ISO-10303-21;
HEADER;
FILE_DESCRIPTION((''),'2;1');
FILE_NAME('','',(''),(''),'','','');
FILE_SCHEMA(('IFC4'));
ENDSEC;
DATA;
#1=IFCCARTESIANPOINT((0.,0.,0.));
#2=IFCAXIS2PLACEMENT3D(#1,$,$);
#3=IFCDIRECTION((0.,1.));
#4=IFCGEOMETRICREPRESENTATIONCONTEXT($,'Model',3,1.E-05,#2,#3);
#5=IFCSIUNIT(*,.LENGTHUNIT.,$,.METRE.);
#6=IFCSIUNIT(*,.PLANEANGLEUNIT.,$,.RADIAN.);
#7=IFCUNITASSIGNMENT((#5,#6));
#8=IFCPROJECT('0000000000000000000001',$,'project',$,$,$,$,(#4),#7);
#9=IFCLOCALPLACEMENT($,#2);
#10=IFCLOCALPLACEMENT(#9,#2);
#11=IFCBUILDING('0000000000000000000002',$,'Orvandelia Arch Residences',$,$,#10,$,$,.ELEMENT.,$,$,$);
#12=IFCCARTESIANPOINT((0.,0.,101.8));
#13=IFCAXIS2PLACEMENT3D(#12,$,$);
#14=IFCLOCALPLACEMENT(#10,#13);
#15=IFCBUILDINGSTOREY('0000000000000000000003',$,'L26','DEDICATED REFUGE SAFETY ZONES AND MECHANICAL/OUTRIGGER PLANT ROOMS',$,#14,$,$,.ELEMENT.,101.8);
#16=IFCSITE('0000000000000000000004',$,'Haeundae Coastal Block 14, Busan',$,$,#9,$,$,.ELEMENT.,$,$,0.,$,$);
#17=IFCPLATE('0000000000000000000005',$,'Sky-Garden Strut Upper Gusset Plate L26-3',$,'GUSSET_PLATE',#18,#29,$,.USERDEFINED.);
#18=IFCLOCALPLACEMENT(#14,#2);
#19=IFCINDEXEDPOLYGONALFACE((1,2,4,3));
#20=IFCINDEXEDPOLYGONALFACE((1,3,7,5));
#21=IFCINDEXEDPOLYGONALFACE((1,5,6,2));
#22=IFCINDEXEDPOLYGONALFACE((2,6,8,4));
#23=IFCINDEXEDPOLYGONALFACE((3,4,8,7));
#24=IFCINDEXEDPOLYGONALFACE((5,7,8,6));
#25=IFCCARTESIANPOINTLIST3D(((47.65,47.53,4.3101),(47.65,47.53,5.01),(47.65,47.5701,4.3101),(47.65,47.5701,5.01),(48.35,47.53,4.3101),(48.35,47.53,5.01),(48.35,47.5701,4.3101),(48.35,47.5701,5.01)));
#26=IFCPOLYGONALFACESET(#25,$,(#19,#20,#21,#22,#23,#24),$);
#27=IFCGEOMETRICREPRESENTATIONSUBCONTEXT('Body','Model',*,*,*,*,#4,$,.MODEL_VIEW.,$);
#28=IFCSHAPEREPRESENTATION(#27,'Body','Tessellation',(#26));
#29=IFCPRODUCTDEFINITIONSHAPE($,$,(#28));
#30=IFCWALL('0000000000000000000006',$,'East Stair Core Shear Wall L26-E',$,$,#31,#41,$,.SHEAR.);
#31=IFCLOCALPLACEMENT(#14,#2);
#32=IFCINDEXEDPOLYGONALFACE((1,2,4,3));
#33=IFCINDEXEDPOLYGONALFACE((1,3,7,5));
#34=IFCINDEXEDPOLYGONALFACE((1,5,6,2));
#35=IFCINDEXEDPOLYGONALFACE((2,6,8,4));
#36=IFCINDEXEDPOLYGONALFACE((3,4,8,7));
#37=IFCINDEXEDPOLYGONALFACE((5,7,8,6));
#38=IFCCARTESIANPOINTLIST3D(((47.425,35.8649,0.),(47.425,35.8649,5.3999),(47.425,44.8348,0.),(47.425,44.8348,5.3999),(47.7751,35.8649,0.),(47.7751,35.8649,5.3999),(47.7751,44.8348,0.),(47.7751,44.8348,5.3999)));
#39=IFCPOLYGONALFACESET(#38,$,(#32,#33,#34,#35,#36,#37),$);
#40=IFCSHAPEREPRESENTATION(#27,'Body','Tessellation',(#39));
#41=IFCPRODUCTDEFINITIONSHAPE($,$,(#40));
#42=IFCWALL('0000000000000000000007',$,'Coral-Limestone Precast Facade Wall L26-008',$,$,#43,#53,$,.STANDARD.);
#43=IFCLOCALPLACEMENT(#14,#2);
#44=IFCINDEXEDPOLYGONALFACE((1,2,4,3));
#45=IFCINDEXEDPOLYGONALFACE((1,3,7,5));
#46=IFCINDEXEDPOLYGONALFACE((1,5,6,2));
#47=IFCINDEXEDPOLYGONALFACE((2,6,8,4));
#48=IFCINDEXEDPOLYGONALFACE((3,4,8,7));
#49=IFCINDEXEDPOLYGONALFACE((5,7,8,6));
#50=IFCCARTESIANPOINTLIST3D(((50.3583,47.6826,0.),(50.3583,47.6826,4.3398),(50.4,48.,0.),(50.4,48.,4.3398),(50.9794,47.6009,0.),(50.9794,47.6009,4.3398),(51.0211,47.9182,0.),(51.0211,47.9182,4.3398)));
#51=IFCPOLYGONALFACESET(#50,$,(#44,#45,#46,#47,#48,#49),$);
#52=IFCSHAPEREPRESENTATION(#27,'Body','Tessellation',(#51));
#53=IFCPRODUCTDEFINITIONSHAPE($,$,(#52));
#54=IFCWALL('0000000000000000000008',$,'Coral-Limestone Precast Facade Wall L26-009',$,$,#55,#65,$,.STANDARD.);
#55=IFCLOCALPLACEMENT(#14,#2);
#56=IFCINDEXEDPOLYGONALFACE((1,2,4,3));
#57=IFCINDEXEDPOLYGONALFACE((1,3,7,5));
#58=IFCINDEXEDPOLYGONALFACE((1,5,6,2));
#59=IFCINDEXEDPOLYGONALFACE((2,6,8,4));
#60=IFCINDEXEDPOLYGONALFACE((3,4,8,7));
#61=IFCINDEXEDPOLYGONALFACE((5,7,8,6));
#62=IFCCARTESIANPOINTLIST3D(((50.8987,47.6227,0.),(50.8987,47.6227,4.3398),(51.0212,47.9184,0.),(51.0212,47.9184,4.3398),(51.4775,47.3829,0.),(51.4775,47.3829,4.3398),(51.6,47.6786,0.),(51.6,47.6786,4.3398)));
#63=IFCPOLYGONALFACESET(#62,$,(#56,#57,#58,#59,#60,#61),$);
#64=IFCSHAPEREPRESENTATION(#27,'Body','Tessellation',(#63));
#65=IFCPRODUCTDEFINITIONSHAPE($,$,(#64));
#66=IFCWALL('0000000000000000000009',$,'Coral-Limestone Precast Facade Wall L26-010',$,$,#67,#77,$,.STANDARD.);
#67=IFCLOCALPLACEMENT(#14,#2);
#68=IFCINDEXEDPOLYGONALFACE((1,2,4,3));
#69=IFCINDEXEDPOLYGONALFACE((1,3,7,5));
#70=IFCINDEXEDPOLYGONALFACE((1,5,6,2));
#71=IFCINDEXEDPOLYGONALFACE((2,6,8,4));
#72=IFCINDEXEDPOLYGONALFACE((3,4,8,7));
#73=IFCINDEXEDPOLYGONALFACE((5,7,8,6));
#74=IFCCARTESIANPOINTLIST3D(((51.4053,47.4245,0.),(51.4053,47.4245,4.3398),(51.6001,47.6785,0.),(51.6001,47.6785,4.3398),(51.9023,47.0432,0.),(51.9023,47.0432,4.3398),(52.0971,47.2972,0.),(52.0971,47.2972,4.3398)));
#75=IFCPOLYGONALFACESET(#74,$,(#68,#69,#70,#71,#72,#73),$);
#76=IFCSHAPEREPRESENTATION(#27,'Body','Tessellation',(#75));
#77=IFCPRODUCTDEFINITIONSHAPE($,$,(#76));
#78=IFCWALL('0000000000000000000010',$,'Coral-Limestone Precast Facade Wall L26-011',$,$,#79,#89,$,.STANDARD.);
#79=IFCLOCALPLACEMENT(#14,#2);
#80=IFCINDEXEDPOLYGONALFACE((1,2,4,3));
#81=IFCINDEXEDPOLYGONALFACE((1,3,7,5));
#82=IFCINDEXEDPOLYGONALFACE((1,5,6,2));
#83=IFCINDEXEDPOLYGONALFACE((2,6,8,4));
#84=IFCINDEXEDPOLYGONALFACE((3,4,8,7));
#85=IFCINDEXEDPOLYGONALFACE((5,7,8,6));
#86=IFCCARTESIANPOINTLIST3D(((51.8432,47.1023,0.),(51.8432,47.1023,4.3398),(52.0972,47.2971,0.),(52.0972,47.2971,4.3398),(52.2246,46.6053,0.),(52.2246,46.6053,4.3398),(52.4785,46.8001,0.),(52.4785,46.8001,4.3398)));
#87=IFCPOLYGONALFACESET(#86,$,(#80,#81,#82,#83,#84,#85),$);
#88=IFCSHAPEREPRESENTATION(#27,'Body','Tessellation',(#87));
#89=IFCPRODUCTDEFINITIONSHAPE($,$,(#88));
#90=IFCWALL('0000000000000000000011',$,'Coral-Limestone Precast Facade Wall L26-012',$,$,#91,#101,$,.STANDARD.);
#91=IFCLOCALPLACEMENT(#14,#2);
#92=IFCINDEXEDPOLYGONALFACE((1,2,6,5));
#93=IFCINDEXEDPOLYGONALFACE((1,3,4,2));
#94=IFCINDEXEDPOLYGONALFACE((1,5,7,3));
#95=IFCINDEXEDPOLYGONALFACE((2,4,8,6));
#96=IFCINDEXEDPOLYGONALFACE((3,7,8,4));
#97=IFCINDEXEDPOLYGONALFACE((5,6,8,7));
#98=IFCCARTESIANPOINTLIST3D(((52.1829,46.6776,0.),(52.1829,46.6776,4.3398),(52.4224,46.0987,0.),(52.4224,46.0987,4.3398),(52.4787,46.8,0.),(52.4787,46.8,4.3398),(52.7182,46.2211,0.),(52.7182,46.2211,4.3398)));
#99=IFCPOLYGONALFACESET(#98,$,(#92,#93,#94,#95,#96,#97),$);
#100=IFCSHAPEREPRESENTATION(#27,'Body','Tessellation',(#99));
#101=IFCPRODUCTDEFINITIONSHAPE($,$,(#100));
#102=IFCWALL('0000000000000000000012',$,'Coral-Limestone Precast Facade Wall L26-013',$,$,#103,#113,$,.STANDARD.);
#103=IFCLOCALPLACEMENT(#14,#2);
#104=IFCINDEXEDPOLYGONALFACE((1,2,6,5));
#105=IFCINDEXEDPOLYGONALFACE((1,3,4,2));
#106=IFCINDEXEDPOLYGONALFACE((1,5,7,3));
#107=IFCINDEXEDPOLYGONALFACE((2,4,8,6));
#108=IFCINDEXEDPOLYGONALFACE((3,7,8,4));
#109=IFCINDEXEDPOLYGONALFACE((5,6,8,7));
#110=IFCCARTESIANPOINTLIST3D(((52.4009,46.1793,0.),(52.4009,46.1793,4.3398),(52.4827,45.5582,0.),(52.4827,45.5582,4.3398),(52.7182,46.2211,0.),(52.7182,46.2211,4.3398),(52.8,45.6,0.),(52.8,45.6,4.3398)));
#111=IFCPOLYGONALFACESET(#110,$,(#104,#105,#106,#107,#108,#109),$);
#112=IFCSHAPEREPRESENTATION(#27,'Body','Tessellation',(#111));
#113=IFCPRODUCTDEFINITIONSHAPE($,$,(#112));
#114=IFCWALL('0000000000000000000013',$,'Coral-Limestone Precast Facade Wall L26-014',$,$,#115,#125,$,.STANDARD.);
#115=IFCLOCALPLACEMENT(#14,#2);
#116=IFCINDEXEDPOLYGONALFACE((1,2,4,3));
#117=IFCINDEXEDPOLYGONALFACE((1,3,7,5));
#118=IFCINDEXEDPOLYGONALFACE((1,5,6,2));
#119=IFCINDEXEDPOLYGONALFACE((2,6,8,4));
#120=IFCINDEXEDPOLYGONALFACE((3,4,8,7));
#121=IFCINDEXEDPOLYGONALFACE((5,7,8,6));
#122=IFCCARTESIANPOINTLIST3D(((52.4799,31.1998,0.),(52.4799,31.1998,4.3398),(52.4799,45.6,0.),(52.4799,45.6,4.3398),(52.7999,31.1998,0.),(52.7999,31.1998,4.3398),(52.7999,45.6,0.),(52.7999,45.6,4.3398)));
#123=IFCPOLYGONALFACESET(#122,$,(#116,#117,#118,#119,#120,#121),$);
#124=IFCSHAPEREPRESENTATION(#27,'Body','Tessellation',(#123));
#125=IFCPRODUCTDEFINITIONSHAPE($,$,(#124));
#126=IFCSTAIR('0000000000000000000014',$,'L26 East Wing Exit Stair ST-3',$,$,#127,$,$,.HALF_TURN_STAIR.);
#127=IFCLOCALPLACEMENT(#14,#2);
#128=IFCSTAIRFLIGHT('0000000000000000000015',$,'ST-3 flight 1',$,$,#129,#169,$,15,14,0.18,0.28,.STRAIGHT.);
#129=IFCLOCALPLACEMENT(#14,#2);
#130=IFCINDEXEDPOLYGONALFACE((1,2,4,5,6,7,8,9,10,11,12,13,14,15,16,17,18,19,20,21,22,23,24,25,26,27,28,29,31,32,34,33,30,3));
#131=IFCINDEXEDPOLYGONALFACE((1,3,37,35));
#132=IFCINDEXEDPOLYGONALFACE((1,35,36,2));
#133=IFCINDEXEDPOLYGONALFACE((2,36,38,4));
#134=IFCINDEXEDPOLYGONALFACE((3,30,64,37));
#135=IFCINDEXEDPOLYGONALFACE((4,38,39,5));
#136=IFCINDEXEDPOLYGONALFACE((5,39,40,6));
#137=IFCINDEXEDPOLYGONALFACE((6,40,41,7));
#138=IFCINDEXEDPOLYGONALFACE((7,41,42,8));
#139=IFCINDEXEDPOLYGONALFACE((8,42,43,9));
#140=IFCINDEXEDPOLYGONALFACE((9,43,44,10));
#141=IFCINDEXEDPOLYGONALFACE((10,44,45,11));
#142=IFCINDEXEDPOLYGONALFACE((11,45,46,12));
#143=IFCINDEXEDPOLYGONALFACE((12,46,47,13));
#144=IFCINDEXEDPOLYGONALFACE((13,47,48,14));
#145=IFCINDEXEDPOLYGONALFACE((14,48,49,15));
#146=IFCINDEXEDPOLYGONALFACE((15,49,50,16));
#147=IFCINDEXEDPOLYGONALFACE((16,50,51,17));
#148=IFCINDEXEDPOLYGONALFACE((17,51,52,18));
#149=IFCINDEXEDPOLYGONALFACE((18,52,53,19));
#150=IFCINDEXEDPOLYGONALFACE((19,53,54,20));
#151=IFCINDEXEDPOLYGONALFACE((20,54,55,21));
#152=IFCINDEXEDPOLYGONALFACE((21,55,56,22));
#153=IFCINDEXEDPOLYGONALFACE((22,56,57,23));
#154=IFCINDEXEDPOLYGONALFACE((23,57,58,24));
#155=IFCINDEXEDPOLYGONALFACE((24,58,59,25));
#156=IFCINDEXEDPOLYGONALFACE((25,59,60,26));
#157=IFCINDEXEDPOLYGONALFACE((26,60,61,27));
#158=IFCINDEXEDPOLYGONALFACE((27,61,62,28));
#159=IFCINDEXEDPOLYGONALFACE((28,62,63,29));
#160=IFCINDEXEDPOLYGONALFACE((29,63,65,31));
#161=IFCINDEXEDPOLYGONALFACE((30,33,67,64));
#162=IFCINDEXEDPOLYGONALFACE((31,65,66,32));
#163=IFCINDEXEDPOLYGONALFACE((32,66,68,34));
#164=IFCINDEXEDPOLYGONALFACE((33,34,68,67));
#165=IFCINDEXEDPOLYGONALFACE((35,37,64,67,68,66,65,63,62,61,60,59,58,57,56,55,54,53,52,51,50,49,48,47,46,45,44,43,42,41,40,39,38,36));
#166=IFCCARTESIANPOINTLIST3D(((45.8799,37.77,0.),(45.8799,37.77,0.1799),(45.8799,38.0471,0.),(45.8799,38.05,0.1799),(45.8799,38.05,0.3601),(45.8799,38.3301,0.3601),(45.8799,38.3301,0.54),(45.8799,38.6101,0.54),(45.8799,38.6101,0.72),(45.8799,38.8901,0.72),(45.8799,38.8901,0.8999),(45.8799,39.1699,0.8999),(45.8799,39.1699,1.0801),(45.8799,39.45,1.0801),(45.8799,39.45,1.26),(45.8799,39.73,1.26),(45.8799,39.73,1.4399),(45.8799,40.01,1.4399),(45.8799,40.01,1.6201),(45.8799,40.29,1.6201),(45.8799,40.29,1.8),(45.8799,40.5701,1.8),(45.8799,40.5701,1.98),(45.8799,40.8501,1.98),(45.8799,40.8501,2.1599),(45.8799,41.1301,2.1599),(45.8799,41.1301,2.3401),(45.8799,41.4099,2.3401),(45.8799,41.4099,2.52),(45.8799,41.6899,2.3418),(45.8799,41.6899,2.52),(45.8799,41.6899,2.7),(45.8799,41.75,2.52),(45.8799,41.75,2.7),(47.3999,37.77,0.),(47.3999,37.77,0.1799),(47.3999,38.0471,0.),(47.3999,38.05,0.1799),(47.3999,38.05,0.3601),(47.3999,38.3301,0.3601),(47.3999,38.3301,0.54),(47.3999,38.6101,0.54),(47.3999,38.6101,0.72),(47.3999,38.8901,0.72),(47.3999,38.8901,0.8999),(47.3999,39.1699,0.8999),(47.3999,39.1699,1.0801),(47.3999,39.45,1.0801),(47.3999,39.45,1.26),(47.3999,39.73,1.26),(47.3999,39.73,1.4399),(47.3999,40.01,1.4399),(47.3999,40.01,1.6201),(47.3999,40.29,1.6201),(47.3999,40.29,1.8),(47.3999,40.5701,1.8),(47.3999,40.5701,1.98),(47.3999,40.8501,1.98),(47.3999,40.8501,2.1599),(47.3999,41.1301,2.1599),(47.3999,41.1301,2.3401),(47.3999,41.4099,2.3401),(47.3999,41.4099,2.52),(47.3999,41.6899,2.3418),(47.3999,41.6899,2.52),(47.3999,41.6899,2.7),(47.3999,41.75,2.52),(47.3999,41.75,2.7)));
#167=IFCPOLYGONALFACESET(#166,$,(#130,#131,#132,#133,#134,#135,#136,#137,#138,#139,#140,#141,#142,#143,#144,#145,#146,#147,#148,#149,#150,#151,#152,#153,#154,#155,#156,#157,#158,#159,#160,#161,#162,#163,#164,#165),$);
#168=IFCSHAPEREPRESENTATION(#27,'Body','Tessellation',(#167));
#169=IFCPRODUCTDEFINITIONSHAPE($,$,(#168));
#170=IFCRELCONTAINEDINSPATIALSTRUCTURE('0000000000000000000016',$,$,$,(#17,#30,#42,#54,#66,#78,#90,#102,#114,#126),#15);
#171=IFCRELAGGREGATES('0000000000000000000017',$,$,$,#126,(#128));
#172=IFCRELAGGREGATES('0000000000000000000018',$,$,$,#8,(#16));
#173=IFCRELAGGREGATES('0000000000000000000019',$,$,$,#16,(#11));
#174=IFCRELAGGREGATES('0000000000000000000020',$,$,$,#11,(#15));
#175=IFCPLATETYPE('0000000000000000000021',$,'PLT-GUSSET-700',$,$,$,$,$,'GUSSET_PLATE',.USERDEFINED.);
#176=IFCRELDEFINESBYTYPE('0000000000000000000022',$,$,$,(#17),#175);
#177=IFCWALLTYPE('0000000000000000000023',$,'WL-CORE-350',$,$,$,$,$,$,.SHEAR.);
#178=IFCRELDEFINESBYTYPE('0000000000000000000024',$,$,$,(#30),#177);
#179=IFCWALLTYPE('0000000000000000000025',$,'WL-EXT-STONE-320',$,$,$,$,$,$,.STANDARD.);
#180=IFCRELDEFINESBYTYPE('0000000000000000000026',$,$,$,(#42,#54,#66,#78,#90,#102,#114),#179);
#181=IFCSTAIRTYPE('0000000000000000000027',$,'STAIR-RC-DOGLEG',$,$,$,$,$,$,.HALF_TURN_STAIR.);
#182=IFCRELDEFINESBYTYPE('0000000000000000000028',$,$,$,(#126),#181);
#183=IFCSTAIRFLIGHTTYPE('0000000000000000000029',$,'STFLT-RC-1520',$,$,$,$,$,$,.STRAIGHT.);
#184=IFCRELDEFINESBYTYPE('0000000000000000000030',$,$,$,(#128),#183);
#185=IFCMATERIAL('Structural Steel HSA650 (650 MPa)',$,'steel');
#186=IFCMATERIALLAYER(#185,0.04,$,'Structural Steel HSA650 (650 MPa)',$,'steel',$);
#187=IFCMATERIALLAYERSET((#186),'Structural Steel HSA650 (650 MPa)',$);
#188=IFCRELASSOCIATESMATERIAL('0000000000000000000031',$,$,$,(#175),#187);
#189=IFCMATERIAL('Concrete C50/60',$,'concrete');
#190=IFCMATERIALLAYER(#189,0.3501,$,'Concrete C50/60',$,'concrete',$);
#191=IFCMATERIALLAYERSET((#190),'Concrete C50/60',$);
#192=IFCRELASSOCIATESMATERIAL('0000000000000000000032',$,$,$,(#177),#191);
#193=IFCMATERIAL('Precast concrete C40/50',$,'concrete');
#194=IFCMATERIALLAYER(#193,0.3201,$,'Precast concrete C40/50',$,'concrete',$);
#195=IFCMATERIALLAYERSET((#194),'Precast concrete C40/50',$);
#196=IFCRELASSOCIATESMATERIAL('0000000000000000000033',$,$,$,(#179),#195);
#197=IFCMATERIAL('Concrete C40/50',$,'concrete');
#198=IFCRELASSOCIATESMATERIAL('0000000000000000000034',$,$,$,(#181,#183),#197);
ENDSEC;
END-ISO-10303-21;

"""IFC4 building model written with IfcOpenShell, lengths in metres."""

from ifc_helpers import new_model, si_unit, direction, frame, frame_2d, origin, origin_2d, place, context, subcontext, project, spatial, polyline, rectangle, outline, extrude, material, layer, layer_set, type_object, element, aggregate, save


model = new_model("IFC4")

# Units and contexts
model_context = context("Model", 3, precision=1e-05, world=origin(), true_north=direction((0.0, 1.0)))
body_context = subcontext(model_context, "Body", "Model", "MODEL_VIEW")
ifc_project = project(units=[si_unit("LENGTHUNIT", "METRE"), si_unit("PLANEANGLEUNIT", "RADIAN")], contexts=[model_context])

# Site, building, storey
site_placement = place(None, origin())
site = spatial("IfcSite", under=ifc_project, at=site_placement, Name="Haeundae Coastal Block 14, Busan", CompositionType="ELEMENT", RefElevation=0.0)
building_placement = place(site_placement, origin())
building = spatial("IfcBuilding", under=site, at=building_placement, Name="Orvandelia Arch Residences", CompositionType="ELEMENT")
storey_placement = place(building_placement, frame((0.0, 0.0, 101.8)))
storey = spatial("IfcBuildingStorey", under=building, at=storey_placement, Name="L26", Description="DEDICATED REFUGE SAFETY ZONES AND MECHANICAL/OUTRIGGER PLANT ROOMS", CompositionType="ELEMENT", Elevation=101.8)

# Plate
ifc_material_1 = material(Name="Structural Steel HSA650 (650 MPa)", Category="steel")
ifc_layer_1 = layer(ifc_material_1, 0.04, Name="Structural Steel HSA650 (650 MPa)", Category="steel")
ifc_layer_set_1 = layer_set([ifc_layer_1], Name="Structural Steel HSA650 (650 MPa)")
plate_type = type_object("IfcPlateType", Name="PLT-GUSSET-700", ElementType="GUSSET_PLATE", PredefinedType="USERDEFINED", material=ifc_layer_set_1)
plate_placement = place(storey_placement, frame((48.0, 47.55, 4.3101), z_axis=(0.0, 0.0, 1.0), x_axis=(1.0, 0.0, 0.0)))
element("IfcPlate", 1, at=plate_placement, inside=storey, type_object=plate_type, Name="Sky-Garden Strut Upper Gusset Plate L26-3", ObjectType="GUSSET_PLATE", PredefinedType="USERDEFINED", context=body_context, shape_type="SweptSolid", body=[
    extrude(rectangle(XDim=0.7, YDim=0.04, at=origin_2d()), origin(), (0.0, 0.0, 1.0), 0.7),
])

# Wall
ifc_material_2 = material(Name="Concrete C50/60", Category="concrete")
ifc_layer_2 = layer(ifc_material_2, 0.3501, Name="Concrete C50/60", Category="concrete")
ifc_layer_set_2 = layer_set([ifc_layer_2], Name="Concrete C50/60")
wall_type_1 = type_object("IfcWallType", Name="WL-CORE-350", PredefinedType="SHEAR", material=ifc_layer_set_2)
wall_1_placement = place(storey_placement, frame((47.6001, 35.865, 0.0), z_axis=(0.0, 0.0, 1.0), x_axis=(0.0, 1.0, 0.0)))
element("IfcWall", 2, at=wall_1_placement, inside=storey, type_object=wall_type_1, Name="East Stair Core Shear Wall L26-E", PredefinedType="SHEAR", context=body_context, shape_type="SweptSolid", body=[
    extrude(rectangle(XDim=8.97, YDim=0.3501, at=frame_2d((4.4849, 0.0))), origin(), (0.0, 0.0, 1.0), 5.3999),
])

# Walls
ifc_material_3 = material(Name="Precast concrete C40/50", Category="concrete")
ifc_layer_3 = layer(ifc_material_3, 0.3201, Name="Precast concrete C40/50", Category="concrete")
ifc_layer_set_3 = layer_set([ifc_layer_3], Name="Precast concrete C40/50")
wall_type_2 = type_object("IfcWallType", Name="WL-EXT-STONE-320", PredefinedType="STANDARD", material=ifc_layer_set_3)
for number, where, z_axis, x_axis, name in (
    (3, (50.3792, 47.8413, 0.0), (0.0, 0.0, 1.0), (0.991441, -0.130555, 0.0), "Coral-Limestone Precast Facade Wall L26-008"),
    (4, (50.96, 47.7705, 0.0), (0.0, 0.0, 1.0), (0.923893, -0.38265, 0.0), "Coral-Limestone Precast Facade Wall L26-009"),
    (5, (51.5027, 47.5515, 0.0), (0.0, 0.0, 1.0), (0.793406, -0.608693, 0.0), "Coral-Limestone Precast Facade Wall L26-010"),
    (6, (51.9702, 47.1997, 0.0), (0.0, 0.0, 1.0), (0.608693, -0.793406, 0.0), "Coral-Limestone Precast Facade Wall L26-011"),
    (7, (52.3308, 46.7388, 0.0), (0.0, 0.0, 1.0), (0.382317, -0.924031, 0.0), "Coral-Limestone Precast Facade Wall L26-012"),
    (8, (52.5596, 46.2002, 0.0), (0.0, 0.0, 1.0), (0.130555, -0.991441, 0.0), "Coral-Limestone Precast Facade Wall L26-013"),
):
    element("IfcWall", number, at=place(storey_placement, frame(where, z_axis=z_axis, x_axis=x_axis)), inside=storey, type_object=wall_type_2, Name=name, PredefinedType="STANDARD", context=body_context, shape_type="SweptSolid", body=[
        extrude(rectangle(XDim=0.6265, YDim=0.3201, at=frame_2d((0.3132, 0.0))), origin(), (0.0, 0.0, 1.0), 4.3398),
    ])
wall_2_placement = place(storey_placement, frame((52.6399, 45.6001, 0.0), z_axis=(0.0, 0.0, 1.0), x_axis=(0.0, -1.0, 0.0)))
element("IfcWall", 9, at=wall_2_placement, inside=storey, type_object=wall_type_2, Name="Coral-Limestone Precast Facade Wall L26-014", PredefinedType="STANDARD", context=body_context, shape_type="SweptSolid", body=[
    extrude(rectangle(XDim=14.4001, YDim=0.3201, at=frame_2d((7.2002, 0.0))), origin(), (0.0, 0.0, 1.0), 4.3398),
])

# Stair, stair flight
ifc_material_4 = material(Name="Concrete C40/50", Category="concrete")
stair_type = type_object("IfcStairType", Name="STAIR-RC-DOGLEG", PredefinedType="HALF_TURN_STAIR", material=ifc_material_4)
stair_placement = place(storey_placement, origin())
stair = element("IfcStair", 10, at=stair_placement, inside=storey, type_object=stair_type, Name="L26 East Wing Exit Stair ST-3", PredefinedType="HALF_TURN_STAIR")
stair_flight_type = type_object("IfcStairFlightType", Name="STFLT-RC-1520", PredefinedType="STRAIGHT", material=ifc_material_4)
stair_flight_placement = place(storey_placement, frame((46.6399, 37.77, 0.0), z_axis=(0.0, 0.0, 1.0), x_axis=(0.0, 1.0, 0.0)))
stair_flight = element("IfcStairFlight", 11, at=stair_flight_placement, type_object=stair_flight_type, Name="ST-3 flight 1", NumberOfRisers=15, NumberOfTreads=14, PredefinedType="STRAIGHT", RiserHeight=0.18, TreadLength=0.28, context=body_context, shape_type="SweptSolid", body=[
    extrude(outline(polyline([(0.0, 0.0), (0.0, 0.1799), (0.28, 0.1799), (0.28, 0.3601), (0.5601, 0.3601), (0.5601, 0.54), (0.8401, 0.54), (0.8401, 0.72), (1.1201, 0.72), (1.1201, 0.8999), (1.3999, 0.8999), (1.3999, 1.0801), (1.6799, 1.0801), (1.6799, 1.26), (1.96, 1.26), (1.96, 1.4399), (2.24, 1.4399), (2.24, 1.6201), (2.52, 1.6201), (2.52, 1.8), (2.8, 1.8), (2.8, 1.98), (3.0801, 1.98), (3.0801, 2.1599), (3.3601, 2.1599), (3.3601, 2.3401), (3.6399, 2.3401), (3.6399, 2.52), (3.9199, 2.52), (3.9199, 2.7), (3.98, 2.7), (3.98, 2.52), (3.9199, 2.3418), (0.2771, 0.0), (0.0, 0.0)])), frame((0.0, 0.76, 0.0), z_axis=(0.0, -1.0, 0.0), x_axis=(1.0, 0.0, 0.0)), (0.0, 0.0, 1.0), 1.52),
])
aggregate(stair, [stair_flight])

save(model, "model.ifc")
